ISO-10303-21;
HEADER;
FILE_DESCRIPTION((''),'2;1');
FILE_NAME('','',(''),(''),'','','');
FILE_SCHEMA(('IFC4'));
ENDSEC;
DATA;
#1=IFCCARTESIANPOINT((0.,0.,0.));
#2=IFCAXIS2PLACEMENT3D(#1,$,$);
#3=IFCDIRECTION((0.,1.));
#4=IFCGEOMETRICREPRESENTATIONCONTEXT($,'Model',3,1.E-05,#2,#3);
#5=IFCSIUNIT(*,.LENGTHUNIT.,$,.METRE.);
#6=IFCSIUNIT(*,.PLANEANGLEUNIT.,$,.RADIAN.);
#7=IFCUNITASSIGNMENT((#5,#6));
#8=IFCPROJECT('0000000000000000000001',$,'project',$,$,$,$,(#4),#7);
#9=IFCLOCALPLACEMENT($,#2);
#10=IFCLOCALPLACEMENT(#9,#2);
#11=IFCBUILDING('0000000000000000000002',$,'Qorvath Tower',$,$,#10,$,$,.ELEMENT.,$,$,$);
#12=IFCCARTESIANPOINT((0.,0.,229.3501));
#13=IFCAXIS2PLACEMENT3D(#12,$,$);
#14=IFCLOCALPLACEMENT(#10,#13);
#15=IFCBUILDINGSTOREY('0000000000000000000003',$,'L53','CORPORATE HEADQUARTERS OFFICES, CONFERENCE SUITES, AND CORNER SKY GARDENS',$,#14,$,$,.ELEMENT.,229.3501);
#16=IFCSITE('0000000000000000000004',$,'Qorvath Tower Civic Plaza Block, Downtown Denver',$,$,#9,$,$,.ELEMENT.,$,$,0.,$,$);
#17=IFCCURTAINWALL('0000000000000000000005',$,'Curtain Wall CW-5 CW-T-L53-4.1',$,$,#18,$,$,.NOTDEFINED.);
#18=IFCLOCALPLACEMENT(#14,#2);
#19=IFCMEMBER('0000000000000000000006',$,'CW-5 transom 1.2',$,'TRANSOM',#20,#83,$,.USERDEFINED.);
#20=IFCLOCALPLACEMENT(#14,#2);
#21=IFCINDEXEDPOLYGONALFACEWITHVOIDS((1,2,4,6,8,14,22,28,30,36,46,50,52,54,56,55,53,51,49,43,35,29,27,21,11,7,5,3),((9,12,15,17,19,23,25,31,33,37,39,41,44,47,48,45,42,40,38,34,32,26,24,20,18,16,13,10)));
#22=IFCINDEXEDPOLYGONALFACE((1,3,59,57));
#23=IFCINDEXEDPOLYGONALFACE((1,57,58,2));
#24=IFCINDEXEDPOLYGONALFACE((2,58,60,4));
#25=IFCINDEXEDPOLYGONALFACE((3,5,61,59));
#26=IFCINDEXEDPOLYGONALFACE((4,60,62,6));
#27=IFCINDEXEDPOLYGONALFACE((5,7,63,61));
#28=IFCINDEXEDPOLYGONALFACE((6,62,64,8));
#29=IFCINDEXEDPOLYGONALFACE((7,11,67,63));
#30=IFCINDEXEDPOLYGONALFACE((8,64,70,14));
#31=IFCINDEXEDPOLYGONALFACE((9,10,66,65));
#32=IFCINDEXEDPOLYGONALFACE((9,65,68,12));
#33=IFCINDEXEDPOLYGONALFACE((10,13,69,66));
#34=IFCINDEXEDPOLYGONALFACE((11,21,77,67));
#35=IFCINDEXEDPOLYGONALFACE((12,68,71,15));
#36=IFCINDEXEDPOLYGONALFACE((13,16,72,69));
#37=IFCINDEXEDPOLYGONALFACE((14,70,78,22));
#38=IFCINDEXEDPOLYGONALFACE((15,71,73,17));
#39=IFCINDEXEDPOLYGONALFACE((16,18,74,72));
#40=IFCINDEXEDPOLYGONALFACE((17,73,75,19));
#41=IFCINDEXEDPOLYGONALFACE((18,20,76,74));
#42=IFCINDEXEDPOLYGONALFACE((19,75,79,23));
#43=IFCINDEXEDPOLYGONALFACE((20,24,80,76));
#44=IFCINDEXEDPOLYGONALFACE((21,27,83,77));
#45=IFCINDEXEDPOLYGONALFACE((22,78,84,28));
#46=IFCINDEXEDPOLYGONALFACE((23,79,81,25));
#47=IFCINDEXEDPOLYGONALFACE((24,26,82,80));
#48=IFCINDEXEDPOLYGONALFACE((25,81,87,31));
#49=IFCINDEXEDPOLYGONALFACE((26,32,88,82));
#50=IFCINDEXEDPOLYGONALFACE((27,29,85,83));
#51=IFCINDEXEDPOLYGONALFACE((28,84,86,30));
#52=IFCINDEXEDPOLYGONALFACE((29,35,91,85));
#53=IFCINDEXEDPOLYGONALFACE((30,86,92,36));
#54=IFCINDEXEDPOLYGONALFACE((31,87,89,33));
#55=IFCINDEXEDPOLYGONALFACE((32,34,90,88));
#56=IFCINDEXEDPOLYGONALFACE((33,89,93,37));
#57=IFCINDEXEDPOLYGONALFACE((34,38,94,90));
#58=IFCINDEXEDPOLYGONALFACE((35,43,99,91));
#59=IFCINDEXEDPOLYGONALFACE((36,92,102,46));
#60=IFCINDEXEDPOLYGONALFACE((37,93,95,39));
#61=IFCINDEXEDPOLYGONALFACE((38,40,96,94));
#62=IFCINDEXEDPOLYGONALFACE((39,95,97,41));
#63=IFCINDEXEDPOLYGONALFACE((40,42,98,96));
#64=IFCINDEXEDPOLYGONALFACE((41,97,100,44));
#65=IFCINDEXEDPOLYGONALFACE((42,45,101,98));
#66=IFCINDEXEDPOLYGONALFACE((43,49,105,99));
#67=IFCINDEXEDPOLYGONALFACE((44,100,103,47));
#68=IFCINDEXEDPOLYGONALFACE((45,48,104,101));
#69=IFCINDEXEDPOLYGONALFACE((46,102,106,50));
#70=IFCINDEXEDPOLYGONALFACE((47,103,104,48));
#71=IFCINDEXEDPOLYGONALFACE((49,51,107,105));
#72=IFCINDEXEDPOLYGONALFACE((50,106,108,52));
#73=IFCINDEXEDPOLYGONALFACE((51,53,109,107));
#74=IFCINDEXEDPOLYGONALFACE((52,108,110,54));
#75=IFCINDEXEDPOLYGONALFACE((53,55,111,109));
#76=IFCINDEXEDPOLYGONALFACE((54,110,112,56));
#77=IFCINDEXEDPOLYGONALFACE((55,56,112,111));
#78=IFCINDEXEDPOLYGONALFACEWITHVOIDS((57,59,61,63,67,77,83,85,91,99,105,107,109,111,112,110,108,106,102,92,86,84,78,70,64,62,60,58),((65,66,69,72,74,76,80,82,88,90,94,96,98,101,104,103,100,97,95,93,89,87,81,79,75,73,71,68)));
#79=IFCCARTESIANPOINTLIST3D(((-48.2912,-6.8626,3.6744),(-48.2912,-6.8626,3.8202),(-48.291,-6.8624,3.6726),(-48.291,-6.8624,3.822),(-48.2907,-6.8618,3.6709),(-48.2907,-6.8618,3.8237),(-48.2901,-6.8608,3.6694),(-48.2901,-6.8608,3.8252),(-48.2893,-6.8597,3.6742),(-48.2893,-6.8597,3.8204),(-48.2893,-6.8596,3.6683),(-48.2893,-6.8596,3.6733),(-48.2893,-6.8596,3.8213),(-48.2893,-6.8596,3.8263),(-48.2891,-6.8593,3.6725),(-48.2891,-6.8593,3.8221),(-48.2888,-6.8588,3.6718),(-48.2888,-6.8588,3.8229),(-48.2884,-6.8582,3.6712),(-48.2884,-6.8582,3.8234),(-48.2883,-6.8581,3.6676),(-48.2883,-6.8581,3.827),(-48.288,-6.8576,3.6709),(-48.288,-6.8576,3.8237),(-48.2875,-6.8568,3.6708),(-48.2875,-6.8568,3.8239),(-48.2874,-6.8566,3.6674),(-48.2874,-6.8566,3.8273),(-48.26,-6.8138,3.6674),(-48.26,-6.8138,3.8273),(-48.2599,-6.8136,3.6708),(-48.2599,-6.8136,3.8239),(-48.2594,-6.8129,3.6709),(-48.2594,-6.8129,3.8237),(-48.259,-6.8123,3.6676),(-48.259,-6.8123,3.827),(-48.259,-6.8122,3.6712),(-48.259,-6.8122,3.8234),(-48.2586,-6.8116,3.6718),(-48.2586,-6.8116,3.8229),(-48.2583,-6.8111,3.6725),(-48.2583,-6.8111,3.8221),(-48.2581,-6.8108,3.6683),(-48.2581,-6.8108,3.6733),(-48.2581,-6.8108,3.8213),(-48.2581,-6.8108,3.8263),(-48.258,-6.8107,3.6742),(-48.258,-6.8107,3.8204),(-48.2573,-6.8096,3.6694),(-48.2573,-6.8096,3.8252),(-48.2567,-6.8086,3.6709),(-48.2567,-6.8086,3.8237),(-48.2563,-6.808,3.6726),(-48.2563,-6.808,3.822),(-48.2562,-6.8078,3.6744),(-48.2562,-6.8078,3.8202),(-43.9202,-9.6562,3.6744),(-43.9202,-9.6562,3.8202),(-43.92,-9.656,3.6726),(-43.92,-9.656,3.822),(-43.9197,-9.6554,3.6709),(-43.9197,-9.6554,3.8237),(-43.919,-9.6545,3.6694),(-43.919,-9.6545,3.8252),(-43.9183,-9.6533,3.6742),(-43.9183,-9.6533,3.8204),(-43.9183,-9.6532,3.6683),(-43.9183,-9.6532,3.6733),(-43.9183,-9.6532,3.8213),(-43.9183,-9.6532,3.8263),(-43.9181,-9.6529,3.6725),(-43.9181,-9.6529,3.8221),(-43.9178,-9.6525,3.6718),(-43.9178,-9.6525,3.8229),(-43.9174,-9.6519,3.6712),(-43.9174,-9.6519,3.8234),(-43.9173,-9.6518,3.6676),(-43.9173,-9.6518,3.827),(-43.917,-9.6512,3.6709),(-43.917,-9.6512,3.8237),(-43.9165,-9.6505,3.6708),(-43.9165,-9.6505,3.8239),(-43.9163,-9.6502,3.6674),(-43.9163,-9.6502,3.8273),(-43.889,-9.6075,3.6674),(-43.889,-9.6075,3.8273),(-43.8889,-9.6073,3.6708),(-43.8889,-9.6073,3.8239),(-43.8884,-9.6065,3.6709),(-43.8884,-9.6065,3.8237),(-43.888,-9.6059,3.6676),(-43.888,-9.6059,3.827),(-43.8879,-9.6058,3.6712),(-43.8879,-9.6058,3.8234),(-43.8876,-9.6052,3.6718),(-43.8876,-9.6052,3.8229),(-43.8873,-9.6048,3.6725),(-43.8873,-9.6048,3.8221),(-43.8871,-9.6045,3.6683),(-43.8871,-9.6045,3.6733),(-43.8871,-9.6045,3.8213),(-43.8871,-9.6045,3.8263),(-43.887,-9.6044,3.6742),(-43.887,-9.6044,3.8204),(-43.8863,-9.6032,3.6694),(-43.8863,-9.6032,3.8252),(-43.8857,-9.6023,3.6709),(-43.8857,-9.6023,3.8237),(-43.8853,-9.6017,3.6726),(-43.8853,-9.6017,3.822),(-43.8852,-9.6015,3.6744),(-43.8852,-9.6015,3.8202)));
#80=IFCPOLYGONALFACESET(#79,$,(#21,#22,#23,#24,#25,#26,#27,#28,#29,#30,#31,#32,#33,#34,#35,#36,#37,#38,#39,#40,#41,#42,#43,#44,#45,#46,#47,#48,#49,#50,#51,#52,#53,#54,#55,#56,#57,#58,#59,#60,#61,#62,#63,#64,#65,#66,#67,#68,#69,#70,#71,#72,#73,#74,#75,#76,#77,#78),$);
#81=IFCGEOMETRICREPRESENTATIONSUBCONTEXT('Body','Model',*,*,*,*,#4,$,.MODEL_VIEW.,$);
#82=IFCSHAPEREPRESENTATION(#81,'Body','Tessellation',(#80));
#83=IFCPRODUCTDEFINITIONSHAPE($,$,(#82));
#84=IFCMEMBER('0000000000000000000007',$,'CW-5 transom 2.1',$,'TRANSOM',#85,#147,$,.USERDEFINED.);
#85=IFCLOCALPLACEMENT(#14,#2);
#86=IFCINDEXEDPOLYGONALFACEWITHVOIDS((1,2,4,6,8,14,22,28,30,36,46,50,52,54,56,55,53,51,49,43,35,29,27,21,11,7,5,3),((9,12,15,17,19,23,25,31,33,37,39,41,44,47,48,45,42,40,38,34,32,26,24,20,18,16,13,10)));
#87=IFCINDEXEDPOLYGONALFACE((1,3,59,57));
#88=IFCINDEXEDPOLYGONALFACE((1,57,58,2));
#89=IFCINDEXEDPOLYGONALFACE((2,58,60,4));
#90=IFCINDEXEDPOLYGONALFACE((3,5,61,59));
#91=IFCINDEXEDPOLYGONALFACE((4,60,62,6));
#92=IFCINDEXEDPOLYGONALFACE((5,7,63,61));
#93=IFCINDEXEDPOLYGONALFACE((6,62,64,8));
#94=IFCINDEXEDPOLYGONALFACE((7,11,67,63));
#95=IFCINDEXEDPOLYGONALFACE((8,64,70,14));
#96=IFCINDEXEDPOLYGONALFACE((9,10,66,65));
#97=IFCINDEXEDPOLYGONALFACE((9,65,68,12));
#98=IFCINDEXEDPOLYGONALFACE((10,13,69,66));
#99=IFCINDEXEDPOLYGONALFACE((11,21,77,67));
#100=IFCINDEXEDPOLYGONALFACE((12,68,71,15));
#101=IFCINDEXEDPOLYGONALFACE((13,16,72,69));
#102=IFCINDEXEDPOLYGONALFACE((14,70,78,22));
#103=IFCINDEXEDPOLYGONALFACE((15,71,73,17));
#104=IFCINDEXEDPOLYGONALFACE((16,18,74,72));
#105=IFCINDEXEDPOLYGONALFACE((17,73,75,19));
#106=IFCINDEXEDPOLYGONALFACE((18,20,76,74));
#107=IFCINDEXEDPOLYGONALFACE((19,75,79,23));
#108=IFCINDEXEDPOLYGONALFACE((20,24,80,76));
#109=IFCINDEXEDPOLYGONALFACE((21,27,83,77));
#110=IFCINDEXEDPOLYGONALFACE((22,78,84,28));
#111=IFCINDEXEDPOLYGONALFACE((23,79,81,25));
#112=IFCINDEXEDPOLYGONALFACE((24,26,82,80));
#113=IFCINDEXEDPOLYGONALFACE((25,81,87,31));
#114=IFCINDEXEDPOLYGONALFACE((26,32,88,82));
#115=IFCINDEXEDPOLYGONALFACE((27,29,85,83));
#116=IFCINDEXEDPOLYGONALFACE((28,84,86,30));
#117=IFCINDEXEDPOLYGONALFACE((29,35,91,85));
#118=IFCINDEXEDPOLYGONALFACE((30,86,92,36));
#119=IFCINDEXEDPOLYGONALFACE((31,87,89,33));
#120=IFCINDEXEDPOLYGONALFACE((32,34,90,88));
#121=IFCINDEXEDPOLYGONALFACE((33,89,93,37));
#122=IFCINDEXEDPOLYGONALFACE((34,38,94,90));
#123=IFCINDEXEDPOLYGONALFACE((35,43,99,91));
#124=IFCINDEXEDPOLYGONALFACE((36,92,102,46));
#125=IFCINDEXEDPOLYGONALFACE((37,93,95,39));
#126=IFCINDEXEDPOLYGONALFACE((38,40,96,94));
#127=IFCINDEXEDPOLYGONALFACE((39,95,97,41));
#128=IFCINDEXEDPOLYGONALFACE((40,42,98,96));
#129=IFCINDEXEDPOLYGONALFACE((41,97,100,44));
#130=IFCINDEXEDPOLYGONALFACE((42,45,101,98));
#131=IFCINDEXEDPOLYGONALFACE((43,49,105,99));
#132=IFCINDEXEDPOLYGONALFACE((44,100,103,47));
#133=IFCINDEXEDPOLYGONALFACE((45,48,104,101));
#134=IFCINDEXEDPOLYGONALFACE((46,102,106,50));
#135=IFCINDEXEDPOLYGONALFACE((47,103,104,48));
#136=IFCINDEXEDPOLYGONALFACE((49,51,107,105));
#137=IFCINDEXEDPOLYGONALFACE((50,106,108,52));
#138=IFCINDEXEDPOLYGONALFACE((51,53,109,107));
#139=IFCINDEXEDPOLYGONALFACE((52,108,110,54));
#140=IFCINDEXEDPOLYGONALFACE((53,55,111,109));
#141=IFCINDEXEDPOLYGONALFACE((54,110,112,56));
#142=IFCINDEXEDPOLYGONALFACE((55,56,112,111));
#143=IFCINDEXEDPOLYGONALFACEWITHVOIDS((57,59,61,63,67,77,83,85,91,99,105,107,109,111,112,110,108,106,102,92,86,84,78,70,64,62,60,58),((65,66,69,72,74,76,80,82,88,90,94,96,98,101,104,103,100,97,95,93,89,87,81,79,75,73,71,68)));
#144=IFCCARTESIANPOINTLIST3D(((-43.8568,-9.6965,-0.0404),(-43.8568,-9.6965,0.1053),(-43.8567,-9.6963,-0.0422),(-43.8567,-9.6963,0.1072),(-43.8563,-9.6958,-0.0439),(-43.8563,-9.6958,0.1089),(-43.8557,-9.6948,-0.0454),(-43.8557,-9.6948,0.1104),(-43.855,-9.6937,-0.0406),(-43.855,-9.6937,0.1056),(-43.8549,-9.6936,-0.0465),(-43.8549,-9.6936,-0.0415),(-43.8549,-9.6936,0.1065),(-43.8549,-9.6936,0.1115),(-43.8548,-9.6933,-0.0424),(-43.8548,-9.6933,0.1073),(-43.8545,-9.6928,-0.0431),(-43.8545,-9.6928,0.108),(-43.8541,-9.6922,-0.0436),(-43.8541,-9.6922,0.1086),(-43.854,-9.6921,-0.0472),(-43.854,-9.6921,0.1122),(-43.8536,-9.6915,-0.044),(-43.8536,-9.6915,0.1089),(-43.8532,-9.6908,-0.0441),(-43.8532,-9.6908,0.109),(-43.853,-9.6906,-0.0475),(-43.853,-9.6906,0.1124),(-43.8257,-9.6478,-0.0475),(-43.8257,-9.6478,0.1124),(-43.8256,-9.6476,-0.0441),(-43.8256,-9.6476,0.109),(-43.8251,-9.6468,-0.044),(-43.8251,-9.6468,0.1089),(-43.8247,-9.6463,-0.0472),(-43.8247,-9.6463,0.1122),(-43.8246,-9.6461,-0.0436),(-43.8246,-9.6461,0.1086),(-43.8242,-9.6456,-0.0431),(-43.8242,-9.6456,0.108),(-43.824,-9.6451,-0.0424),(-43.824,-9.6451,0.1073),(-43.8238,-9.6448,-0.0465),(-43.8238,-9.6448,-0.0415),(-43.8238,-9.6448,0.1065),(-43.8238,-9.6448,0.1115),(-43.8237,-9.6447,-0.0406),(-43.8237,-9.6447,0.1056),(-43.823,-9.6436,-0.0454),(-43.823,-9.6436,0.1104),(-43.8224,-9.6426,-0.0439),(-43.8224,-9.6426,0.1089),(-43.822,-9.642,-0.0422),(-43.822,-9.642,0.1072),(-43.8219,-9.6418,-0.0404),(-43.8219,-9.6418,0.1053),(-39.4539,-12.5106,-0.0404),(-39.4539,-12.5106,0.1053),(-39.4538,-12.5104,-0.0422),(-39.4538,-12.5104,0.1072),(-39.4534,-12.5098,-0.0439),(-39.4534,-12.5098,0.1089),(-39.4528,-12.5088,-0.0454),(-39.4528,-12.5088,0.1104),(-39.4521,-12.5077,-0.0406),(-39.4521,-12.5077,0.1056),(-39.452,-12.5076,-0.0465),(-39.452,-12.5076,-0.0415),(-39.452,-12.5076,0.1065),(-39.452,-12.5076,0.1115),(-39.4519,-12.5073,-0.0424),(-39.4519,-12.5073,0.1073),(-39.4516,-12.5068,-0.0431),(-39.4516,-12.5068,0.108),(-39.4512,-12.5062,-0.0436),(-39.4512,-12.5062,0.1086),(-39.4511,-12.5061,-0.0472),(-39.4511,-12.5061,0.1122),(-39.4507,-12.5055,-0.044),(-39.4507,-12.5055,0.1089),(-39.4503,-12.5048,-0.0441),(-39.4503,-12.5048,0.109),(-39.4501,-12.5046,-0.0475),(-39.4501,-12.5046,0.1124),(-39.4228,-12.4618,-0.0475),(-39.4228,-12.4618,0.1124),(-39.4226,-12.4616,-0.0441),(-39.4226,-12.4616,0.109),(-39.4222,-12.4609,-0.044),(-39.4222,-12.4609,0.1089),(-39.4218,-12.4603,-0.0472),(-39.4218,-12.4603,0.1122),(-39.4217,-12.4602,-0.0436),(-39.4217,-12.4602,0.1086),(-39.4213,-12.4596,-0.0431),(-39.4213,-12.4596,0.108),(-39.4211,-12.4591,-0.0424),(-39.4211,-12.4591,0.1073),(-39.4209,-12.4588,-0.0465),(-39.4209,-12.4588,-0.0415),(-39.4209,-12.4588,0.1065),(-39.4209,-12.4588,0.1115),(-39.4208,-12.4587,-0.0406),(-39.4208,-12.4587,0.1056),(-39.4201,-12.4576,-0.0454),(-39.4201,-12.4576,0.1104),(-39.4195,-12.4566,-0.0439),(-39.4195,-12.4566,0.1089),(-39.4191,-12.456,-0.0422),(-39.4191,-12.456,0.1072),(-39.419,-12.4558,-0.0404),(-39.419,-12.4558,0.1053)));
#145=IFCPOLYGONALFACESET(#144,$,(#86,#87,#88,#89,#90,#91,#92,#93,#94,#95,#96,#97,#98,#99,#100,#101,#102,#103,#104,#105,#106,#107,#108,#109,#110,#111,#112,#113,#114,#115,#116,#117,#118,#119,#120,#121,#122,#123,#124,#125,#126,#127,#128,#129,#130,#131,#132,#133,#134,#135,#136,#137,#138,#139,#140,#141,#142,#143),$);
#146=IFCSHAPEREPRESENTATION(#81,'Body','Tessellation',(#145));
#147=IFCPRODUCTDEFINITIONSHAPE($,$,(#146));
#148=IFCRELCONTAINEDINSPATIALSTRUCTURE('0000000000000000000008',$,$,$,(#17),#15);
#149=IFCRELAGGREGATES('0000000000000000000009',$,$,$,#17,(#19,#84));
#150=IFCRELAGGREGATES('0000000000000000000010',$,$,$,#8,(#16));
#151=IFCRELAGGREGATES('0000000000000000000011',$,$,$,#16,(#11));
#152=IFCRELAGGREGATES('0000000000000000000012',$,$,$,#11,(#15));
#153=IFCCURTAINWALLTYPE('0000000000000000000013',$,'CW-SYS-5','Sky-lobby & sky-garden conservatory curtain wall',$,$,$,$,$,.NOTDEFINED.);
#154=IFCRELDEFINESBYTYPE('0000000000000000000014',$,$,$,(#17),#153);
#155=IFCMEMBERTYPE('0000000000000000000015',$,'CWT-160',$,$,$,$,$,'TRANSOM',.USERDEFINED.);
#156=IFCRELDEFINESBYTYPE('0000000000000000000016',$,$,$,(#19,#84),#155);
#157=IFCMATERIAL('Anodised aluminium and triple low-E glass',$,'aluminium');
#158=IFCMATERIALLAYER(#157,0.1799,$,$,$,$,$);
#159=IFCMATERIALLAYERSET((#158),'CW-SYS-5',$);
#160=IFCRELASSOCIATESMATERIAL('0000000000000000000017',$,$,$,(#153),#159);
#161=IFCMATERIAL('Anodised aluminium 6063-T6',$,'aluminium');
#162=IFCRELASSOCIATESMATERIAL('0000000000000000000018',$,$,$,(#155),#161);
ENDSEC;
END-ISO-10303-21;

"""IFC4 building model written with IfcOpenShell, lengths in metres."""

from ifc_helpers import new_model, si_unit, direction, frame, origin, origin_2d, place, context, subcontext, project, spatial, hollow_rectangle, extrude, material, layer, layer_set, material_profile, profile_set, type_object, element, aggregate, save


model = new_model("IFC4")

# Units and contexts
model_context = context("Model", 3, precision=1e-05, world=origin(), true_north=direction((0.0, 1.0)))
body_context = subcontext(model_context, "Body", "Model", "MODEL_VIEW")
ifc_project = project(units=[si_unit("LENGTHUNIT", "METRE"), si_unit("PLANEANGLEUNIT", "RADIAN")], contexts=[model_context])

# Site, building, storey
site_placement = place(None, origin())
site = spatial("IfcSite", under=ifc_project, at=site_placement, Name="Qorvath Tower Civic Plaza Block, Downtown Denver", CompositionType="ELEMENT", RefElevation=0.0)
building_placement = place(site_placement, origin())
building = spatial("IfcBuilding", under=site, at=building_placement, Name="Qorvath Tower", CompositionType="ELEMENT")
storey_placement = place(building_placement, frame((0.0, 0.0, 229.3501)))
storey = spatial("IfcBuildingStorey", under=building, at=storey_placement, Name="L53", Description="CORPORATE HEADQUARTERS OFFICES, CONFERENCE SUITES, AND CORNER SKY GARDENS", CompositionType="ELEMENT", Elevation=229.3501)

# Curtain wall
ifc_material_1 = material(Name="Anodised aluminium and triple low-E glass", Category="aluminium")
ifc_layer_1 = layer(ifc_material_1, 0.1799)
ifc_layer_set_1 = layer_set([ifc_layer_1], Name="CW-SYS-5")
curtain_wall_type = type_object("IfcCurtainWallType", Name="CW-SYS-5", Description="Sky-lobby & sky-garden conservatory curtain wall", PredefinedType="NOTDEFINED", material=ifc_layer_set_1)
curtain_wall_1_placement = place(storey_placement, origin())
curtain_wall_1 = element("IfcCurtainWall", 1, at=curtain_wall_1_placement, inside=storey, type_object=curtain_wall_type, Name="Curtain Wall CW-5 CW-T-L53-4.1", PredefinedType="NOTDEFINED")

# Members
ifc_material_2 = material(Name="Anodised aluminium 6063-T6", Category="aluminium")
ifc_material_profile_1 = material_profile(ifc_material_2, hollow_rectangle(XDim=0.0649, YDim=0.1599, WallThickness=0.0034, InnerFilletRadius=0.0034, OuterFilletRadius=0.0071, at=origin_2d()), Name="CWT 160x65")
ifc_profile_set_1 = profile_set([ifc_material_profile_1], Name="Anodised aluminium 6063-T6")
member_type_1 = type_object("IfcMemberType", Name="CWT-160", ElementType="TRANSOM", PredefinedType="USERDEFINED", material=ifc_profile_set_1)
member_1_placement = place(storey_placement, frame((-48.2737, -6.8352, 3.7473), z_axis=(0.842604, -0.538534, 0.0), x_axis=(0.538534, 0.842604, 0.0)))
member_1 = element("IfcMember", 2, at=member_1_placement, type_object=member_type_1, Name="CW-5 transom 1.2", ObjectType="TRANSOM", PredefinedType="USERDEFINED", context=body_context, shape_type="SweptSolid", body=[
    extrude(hollow_rectangle(XDim=0.0649, YDim=0.1599, WallThickness=0.0034, InnerFilletRadius=0.0034, OuterFilletRadius=0.0071, at=origin_2d()), origin(), (0.0, 0.0, 1.0), 5.1875),
])
member_2_placement = place(storey_placement, frame((-43.8394, -9.6692, 0.0325), z_axis=(0.842606, -0.538531, 0.0), x_axis=(0.538531, 0.842606, 0.0)))
member_2 = element("IfcMember", 3, at=member_2_placement, type_object=member_type_1, Name="CW-5 transom 2.1", ObjectType="TRANSOM", PredefinedType="USERDEFINED", context=body_context, shape_type="SweptSolid", body=[
    extrude(hollow_rectangle(XDim=0.0649, YDim=0.1599, WallThickness=0.0034, InnerFilletRadius=0.0034, OuterFilletRadius=0.0071, at=origin_2d()), origin(), (0.0, 0.0, 1.0), 5.2253),
])

aggregate(curtain_wall_1, [member_1, member_2])

save(model, "model.ifc")
